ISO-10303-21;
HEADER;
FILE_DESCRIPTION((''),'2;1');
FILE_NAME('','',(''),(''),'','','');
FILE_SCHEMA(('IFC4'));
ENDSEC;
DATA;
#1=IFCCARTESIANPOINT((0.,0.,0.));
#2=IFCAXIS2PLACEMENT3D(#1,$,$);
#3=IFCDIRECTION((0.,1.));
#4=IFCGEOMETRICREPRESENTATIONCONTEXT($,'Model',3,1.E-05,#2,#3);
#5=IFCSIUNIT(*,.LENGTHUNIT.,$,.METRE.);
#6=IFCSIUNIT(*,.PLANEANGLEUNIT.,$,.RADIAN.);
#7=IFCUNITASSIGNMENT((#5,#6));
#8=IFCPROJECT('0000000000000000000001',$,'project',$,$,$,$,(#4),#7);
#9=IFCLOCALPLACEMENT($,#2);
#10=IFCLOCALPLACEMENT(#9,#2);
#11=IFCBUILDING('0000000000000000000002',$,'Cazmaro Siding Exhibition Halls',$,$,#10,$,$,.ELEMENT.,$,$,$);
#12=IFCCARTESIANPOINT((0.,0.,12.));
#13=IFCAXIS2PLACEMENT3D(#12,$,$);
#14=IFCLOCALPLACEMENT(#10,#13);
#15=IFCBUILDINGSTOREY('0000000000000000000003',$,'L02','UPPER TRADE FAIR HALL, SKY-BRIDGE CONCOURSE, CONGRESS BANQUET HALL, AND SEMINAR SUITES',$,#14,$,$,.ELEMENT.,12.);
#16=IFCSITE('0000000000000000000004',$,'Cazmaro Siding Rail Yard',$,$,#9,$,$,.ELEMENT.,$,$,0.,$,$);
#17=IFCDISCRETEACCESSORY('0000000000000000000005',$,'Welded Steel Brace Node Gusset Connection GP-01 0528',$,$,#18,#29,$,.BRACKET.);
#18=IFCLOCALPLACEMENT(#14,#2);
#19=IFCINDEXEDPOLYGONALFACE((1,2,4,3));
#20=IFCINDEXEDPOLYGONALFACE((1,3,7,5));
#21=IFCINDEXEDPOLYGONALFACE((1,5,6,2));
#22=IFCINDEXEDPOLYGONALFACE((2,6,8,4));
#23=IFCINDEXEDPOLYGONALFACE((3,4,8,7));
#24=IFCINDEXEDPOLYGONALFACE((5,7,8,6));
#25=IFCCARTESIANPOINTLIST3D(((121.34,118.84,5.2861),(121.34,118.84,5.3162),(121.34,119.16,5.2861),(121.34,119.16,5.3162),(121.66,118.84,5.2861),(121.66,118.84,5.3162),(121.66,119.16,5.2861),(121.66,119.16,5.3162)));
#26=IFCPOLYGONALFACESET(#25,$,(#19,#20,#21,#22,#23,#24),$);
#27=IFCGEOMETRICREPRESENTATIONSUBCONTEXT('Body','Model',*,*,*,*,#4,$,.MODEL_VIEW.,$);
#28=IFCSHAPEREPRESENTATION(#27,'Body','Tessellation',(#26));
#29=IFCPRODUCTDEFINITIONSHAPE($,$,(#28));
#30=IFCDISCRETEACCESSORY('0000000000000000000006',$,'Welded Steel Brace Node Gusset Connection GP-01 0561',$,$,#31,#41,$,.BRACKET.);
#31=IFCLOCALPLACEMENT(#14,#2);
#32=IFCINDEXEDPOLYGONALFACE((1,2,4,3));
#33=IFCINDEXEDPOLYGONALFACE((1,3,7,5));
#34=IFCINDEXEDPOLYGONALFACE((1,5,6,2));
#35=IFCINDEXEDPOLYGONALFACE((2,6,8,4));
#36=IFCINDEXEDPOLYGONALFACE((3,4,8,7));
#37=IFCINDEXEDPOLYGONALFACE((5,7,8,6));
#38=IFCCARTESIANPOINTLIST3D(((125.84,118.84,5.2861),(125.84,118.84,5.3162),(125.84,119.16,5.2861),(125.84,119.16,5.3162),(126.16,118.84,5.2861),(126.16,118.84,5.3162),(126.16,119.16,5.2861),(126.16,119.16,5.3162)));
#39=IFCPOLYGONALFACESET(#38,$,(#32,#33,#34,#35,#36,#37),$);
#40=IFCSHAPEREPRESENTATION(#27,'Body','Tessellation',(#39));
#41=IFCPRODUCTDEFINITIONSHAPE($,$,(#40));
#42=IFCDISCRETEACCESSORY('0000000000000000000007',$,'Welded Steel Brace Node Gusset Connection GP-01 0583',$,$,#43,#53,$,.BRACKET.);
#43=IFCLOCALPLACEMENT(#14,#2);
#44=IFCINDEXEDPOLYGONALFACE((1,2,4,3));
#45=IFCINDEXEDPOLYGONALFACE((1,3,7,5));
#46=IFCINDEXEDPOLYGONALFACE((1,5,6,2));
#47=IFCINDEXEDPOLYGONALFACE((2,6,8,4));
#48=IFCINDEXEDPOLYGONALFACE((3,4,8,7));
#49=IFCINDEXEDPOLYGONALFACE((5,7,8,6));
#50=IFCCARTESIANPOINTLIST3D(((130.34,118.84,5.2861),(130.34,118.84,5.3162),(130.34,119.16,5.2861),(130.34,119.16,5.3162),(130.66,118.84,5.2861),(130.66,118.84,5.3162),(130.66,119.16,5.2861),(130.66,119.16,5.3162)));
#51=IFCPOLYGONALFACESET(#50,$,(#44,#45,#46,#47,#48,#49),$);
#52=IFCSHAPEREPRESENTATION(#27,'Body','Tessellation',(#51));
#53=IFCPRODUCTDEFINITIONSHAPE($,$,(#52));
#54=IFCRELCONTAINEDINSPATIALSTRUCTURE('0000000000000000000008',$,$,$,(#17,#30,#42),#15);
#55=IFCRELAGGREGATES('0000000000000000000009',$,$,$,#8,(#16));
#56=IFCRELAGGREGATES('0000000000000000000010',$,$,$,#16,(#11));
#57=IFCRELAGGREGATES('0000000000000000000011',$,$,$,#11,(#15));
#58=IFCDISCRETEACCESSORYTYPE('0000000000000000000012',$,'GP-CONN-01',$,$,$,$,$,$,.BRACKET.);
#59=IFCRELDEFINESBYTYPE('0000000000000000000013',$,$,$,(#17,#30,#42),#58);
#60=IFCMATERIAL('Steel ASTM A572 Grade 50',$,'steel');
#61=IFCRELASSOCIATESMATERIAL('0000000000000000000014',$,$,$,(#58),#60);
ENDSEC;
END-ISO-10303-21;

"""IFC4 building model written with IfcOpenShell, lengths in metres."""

from ifc_helpers import new_model, si_unit, direction, frame, origin, origin_2d, place, context, subcontext, project, spatial, rectangle, extrude, material, type_object, element, save


model = new_model("IFC4")

# Units and contexts
model_context = context("Model", 3, precision=1e-05, world=origin(), true_north=direction((0.0, 1.0)))
body_context = subcontext(model_context, "Body", "Model", "MODEL_VIEW")
ifc_project = project(units=[si_unit("LENGTHUNIT", "METRE"), si_unit("PLANEANGLEUNIT", "RADIAN")], contexts=[model_context])

# Site, building, storey
site_placement = place(None, origin())
site = spatial("IfcSite", under=ifc_project, at=site_placement, Name="Cazmaro Siding Rail Yard", CompositionType="ELEMENT", RefElevation=0.0)
building_placement = place(site_placement, origin())
building = spatial("IfcBuilding", under=site, at=building_placement, Name="Cazmaro Siding Exhibition Halls", CompositionType="ELEMENT")
storey_placement = place(building_placement, frame((0.0, 0.0, 12.0)))
storey = spatial("IfcBuildingStorey", under=building, at=storey_placement, Name="L02", Description="UPPER TRADE FAIR HALL, SKY-BRIDGE CONCOURSE, CONGRESS BANQUET HALL, AND SEMINAR SUITES", CompositionType="ELEMENT", Elevation=12.0)

# Discrete accessories
ifc_material_1 = material(Name="Steel ASTM A572 Grade 50", Category="steel")
discrete_accessory_type = type_object("IfcDiscreteAccessoryType", Name="GP-CONN-01", PredefinedType="BRACKET", material=ifc_material_1)
for number, where, z_axis, x_axis, name in (
    (1, (121.5, 119.0, 5.2861), (0.0, 0.0, 1.0), (1.0, 0.0, 0.0), "Welded Steel Brace Node Gusset Connection GP-01 0528"),
    (2, (126.0, 119.0, 5.2861), (0.0, 0.0, 1.0), (1.0, 0.0, 0.0), "Welded Steel Brace Node Gusset Connection GP-01 0561"),
    (3, (130.5, 119.0, 5.2861), (0.0, 0.0, 1.0), (1.0, 0.0, 0.0), "Welded Steel Brace Node Gusset Connection GP-01 0583"),
):
    element("IfcDiscreteAccessory", number, at=place(storey_placement, frame(where, z_axis=z_axis, x_axis=x_axis)), inside=storey, type_object=discrete_accessory_type, Name=name, PredefinedType="BRACKET", context=body_context, shape_type="SweptSolid", body=[
        extrude(rectangle(XDim=0.3201, YDim=0.3201, at=origin_2d()), origin(), (0.0, 0.0, 1.0), 0.03),
    ])

save(model, "model.ifc")
